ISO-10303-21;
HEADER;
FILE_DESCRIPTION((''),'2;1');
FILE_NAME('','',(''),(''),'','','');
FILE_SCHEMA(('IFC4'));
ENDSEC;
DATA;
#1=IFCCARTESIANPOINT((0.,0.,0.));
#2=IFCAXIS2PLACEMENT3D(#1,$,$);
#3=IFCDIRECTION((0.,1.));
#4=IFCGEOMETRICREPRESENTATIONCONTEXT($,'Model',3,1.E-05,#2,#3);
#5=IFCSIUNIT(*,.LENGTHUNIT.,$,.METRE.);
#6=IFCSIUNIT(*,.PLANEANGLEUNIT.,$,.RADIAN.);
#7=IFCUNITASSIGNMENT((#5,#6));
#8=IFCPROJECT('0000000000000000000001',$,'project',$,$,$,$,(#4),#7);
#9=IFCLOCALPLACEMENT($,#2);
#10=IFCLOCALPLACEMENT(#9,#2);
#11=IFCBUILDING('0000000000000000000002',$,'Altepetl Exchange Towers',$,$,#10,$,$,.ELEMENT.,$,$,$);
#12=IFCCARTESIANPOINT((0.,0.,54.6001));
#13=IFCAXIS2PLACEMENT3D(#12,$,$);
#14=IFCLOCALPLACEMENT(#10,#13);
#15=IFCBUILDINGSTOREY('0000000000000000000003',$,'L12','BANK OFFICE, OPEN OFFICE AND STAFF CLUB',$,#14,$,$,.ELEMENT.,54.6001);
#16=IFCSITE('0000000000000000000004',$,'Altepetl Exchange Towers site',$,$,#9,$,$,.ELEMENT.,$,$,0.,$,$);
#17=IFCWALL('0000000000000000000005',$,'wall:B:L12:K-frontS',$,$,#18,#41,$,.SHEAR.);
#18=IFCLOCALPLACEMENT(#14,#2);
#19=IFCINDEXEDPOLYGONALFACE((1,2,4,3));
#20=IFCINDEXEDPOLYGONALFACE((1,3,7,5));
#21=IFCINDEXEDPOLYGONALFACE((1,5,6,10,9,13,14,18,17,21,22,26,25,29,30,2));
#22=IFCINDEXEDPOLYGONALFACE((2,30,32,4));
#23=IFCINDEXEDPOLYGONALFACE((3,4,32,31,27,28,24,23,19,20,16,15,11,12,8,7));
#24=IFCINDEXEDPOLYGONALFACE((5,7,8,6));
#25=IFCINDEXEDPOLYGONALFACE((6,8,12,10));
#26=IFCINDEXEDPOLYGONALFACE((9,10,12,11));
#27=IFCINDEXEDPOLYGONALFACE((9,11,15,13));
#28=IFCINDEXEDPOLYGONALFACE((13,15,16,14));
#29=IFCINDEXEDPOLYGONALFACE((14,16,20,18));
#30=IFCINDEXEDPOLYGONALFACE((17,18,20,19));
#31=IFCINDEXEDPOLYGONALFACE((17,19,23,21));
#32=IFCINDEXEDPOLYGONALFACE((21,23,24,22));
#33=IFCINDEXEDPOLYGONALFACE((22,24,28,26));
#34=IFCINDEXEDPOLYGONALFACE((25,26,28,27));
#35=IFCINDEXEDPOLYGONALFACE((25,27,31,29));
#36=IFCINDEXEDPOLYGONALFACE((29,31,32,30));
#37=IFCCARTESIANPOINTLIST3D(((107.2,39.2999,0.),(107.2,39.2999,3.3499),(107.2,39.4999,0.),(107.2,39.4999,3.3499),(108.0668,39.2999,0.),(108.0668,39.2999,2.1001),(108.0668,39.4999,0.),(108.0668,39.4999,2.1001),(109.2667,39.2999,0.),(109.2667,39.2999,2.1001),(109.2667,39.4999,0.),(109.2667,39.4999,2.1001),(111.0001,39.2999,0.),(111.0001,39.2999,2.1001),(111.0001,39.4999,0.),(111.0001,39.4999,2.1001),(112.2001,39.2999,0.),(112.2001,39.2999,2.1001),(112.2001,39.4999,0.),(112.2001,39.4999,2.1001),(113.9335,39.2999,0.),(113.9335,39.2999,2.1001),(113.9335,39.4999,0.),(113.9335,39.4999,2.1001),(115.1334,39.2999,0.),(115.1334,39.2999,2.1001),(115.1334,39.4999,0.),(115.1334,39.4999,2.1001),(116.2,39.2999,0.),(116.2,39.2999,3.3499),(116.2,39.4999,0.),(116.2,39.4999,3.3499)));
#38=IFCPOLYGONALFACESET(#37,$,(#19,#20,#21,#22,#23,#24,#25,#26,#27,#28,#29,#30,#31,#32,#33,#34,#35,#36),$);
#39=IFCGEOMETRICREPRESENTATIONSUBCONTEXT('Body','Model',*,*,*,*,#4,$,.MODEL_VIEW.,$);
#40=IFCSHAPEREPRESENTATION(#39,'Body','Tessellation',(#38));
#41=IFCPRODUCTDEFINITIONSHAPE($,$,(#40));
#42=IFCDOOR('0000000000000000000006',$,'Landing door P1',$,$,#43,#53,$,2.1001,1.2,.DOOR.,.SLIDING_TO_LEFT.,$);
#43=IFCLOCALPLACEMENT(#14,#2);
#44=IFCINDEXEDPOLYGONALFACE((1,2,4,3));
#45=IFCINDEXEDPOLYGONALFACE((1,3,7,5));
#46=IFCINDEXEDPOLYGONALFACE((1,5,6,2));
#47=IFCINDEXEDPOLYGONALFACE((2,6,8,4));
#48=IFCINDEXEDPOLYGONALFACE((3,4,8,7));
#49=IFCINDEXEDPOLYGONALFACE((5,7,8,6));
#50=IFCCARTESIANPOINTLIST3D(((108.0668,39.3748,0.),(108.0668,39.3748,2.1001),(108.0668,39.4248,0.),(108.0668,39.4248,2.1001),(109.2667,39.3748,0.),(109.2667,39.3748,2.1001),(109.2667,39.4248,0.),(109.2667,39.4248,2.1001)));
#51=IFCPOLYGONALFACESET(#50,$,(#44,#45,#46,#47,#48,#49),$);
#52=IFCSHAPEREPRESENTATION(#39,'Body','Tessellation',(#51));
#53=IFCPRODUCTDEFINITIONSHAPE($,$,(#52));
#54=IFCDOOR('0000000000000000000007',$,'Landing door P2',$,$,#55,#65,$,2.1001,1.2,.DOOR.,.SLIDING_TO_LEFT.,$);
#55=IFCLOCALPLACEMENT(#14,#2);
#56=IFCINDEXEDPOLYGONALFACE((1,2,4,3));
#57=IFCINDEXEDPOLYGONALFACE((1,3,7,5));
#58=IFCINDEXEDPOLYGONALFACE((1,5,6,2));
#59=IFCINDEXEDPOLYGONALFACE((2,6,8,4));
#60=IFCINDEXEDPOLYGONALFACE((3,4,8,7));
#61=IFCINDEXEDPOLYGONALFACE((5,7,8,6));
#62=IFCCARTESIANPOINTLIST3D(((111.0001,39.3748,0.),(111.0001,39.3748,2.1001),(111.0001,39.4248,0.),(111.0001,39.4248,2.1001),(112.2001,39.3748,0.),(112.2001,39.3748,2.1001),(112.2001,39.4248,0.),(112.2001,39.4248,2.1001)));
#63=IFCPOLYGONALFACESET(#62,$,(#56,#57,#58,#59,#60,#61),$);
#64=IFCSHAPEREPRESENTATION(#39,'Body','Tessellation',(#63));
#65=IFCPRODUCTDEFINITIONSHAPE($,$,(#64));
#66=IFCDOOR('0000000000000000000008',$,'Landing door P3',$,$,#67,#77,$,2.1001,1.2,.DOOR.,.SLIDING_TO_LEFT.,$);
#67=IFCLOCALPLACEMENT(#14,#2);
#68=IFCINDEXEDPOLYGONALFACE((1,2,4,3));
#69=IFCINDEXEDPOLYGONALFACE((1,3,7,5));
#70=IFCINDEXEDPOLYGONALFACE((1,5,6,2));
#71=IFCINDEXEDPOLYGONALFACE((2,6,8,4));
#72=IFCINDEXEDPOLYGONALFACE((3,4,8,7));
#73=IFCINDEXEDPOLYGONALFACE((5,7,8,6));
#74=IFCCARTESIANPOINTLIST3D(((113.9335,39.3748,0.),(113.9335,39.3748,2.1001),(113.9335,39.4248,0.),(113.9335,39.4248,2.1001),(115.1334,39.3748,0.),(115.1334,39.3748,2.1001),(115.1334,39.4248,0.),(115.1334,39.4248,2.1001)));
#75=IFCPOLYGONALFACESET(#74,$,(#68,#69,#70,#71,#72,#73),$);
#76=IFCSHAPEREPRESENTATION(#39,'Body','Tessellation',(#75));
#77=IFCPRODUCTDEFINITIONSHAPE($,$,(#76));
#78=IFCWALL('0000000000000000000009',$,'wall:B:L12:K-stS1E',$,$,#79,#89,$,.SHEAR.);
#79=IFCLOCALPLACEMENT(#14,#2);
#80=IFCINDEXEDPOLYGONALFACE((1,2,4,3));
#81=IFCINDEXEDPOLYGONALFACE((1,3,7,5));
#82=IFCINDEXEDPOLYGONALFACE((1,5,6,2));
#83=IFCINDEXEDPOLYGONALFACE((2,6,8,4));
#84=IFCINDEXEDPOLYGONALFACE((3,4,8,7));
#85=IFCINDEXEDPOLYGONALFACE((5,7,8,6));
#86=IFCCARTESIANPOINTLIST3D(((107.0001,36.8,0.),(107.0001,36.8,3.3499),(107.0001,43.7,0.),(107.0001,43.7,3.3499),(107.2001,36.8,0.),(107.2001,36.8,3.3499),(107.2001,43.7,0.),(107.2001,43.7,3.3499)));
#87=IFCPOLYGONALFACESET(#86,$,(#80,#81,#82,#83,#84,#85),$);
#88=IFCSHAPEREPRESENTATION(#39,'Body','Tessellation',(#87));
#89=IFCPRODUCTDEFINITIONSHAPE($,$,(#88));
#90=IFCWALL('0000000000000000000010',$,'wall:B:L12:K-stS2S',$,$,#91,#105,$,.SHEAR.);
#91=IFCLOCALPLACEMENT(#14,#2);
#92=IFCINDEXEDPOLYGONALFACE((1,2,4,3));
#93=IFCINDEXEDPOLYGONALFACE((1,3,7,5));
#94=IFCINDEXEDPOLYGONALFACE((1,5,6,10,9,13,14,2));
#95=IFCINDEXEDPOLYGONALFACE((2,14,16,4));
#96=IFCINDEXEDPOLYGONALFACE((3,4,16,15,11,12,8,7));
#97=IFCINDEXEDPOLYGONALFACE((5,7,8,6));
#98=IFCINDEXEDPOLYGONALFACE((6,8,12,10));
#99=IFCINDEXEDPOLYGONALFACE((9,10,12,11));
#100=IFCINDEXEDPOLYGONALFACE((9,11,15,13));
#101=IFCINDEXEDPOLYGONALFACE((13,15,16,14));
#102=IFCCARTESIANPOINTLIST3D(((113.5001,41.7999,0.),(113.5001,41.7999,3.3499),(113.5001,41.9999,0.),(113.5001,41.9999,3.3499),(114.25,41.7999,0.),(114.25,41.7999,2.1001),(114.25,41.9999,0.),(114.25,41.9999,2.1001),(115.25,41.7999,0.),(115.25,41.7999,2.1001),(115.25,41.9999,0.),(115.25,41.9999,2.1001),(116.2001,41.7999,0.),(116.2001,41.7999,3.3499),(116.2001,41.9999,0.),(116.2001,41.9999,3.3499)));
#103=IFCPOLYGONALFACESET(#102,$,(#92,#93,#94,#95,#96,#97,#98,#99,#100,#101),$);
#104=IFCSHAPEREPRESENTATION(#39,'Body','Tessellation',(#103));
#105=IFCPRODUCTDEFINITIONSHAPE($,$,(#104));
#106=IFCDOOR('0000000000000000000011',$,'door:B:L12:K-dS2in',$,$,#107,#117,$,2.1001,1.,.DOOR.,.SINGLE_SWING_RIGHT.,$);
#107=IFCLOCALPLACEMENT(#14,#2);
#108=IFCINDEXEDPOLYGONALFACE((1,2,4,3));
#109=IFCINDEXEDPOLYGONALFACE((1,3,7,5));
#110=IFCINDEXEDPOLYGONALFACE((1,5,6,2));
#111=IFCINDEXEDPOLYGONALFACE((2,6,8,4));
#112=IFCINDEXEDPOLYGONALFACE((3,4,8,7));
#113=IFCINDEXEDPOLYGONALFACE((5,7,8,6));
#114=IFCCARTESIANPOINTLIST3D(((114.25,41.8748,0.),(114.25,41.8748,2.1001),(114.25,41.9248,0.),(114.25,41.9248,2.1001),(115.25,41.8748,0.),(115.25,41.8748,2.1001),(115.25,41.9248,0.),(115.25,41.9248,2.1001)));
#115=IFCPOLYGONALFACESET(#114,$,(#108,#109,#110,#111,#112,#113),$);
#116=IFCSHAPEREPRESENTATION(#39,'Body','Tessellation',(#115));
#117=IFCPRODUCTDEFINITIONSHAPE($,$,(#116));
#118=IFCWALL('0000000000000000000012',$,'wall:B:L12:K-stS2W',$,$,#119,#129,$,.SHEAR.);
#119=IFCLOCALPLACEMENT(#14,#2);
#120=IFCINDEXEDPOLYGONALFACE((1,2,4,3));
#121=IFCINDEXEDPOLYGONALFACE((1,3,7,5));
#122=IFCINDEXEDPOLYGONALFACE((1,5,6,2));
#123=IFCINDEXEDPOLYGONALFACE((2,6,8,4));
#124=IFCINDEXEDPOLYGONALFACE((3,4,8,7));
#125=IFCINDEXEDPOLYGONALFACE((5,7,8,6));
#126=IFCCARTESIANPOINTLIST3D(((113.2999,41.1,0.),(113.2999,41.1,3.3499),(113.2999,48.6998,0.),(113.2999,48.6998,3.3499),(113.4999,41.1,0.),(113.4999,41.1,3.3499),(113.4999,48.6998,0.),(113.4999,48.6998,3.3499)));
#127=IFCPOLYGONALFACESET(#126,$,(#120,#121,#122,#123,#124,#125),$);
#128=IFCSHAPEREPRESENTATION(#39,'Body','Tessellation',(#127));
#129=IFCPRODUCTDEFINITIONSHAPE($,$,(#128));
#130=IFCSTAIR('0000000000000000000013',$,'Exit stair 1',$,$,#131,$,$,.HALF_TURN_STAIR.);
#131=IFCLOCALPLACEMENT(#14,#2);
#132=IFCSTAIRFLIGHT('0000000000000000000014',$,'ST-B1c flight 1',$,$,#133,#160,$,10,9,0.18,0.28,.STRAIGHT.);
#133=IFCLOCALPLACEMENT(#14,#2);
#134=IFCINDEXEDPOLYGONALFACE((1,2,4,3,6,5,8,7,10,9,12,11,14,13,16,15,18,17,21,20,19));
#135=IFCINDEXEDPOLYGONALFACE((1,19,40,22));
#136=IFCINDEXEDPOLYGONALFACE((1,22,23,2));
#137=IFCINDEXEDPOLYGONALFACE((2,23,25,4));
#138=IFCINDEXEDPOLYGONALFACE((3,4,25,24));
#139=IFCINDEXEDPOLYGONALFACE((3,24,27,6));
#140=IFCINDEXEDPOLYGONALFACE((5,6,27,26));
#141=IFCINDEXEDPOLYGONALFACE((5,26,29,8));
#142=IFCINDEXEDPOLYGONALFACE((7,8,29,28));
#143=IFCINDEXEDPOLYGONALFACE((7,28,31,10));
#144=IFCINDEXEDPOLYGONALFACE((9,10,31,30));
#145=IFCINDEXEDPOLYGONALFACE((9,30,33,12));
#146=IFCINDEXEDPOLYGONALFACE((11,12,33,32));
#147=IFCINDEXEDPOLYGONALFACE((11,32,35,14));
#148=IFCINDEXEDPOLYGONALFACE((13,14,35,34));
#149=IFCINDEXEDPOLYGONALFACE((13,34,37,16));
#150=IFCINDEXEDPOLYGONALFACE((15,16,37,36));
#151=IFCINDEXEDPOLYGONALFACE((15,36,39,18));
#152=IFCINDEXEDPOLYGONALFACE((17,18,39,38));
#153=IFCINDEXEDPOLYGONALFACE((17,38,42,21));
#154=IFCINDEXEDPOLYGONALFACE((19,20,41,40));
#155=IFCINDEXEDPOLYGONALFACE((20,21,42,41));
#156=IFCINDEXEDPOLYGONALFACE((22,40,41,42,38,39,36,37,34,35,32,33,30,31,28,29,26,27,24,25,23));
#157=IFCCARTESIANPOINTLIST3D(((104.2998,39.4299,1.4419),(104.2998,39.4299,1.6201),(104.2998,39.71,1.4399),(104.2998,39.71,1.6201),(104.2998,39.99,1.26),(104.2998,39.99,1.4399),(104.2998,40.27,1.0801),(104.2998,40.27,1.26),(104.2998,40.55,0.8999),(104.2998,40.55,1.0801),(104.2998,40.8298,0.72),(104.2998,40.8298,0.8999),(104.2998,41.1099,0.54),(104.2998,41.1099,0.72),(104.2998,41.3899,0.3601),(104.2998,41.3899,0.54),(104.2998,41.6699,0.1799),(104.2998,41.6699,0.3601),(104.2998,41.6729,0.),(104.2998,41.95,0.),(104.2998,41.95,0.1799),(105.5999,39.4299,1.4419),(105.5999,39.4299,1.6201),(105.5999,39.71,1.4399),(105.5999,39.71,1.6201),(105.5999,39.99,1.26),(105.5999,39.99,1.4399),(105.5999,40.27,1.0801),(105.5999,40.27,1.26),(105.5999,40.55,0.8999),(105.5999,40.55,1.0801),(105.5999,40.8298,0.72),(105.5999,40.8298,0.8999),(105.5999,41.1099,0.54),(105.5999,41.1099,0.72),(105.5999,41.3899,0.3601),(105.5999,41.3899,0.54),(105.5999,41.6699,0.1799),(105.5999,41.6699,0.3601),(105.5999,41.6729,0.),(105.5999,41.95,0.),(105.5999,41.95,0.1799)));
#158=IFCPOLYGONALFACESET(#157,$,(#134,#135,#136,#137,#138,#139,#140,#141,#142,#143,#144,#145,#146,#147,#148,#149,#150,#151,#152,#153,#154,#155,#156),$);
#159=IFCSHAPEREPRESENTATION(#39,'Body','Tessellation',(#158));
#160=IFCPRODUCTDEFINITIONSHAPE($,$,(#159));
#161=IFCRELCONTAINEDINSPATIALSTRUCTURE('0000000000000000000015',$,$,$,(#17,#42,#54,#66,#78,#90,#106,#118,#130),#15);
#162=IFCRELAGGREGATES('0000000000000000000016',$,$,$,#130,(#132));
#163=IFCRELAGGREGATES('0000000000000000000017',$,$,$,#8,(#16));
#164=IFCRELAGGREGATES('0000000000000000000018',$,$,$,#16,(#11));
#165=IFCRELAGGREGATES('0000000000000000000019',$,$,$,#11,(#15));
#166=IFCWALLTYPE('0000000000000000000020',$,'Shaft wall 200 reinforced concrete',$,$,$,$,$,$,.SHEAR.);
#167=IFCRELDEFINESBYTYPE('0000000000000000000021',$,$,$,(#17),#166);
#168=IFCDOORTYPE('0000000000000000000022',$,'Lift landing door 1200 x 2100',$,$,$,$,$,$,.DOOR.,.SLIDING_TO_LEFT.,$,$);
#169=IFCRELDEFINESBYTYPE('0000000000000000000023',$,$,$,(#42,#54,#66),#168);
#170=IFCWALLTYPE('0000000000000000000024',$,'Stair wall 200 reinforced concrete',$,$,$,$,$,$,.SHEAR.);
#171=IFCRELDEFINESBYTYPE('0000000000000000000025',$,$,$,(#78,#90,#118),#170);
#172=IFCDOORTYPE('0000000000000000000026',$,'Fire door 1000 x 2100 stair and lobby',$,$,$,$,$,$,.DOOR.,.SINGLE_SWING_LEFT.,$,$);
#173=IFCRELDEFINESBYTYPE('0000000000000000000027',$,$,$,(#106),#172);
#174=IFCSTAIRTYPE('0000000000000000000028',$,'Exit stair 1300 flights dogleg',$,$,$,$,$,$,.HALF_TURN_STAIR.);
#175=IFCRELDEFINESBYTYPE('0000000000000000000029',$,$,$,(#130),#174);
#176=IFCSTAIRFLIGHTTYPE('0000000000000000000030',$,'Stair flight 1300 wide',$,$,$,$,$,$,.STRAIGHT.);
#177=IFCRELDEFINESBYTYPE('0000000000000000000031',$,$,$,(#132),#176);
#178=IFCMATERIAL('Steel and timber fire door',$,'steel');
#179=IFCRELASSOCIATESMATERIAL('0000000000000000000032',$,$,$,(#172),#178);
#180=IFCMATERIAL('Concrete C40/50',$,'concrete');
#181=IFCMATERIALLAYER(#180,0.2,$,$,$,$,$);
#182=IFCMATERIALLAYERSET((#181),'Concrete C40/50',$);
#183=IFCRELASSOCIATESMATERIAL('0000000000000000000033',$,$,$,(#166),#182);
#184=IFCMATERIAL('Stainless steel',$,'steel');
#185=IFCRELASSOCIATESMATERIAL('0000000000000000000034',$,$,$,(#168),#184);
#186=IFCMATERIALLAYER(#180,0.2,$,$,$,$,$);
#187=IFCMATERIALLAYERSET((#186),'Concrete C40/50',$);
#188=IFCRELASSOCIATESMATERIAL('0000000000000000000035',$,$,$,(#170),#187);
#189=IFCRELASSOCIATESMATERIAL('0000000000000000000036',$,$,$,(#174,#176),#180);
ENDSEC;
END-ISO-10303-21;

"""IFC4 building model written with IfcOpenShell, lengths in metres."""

from ifc_helpers import new_model, si_unit, direction, frame, frame_2d, origin, place, context, subcontext, project, spatial, polyline, rectangle, outline, extrude, material, layer, layer_set, type_object, element, fill, aggregate, save


model = new_model("IFC4")

# Units and contexts
model_context = context("Model", 3, precision=1e-05, world=origin(), true_north=direction((0.0, 1.0)))
body_context = subcontext(model_context, "Body", "Model", "MODEL_VIEW")
ifc_project = project(units=[si_unit("LENGTHUNIT", "METRE"), si_unit("PLANEANGLEUNIT", "RADIAN")], contexts=[model_context])

# Site, building, storey
site_placement = place(None, origin())
site = spatial("IfcSite", under=ifc_project, at=site_placement, Name="Altepetl Exchange Towers site", CompositionType="ELEMENT", RefElevation=0.0)
building_placement = place(site_placement, origin())
building = spatial("IfcBuilding", under=site, at=building_placement, Name="Altepetl Exchange Towers", CompositionType="ELEMENT")
storey_placement = place(building_placement, frame((0.0, 0.0, 54.6001)))
storey = spatial("IfcBuildingStorey", under=building, at=storey_placement, Name="L12", Description="BANK OFFICE, OPEN OFFICE AND STAFF CLUB", CompositionType="ELEMENT", Elevation=54.6001)

# Shared definitions
ifc_material_1 = material(Name="Steel and timber fire door", Category="steel")
door_type_1 = type_object("IfcDoorType", Name="Fire door 1000 x 2100 stair and lobby", OperationType="SINGLE_SWING_LEFT", PredefinedType="DOOR", material=ifc_material_1)

# Shared definitions
ifc_material_2 = material(Name="Concrete C40/50", Category="concrete")
ifc_layer_1 = layer(ifc_material_2, 0.2)
ifc_layer_set_1 = layer_set([ifc_layer_1], Name="Concrete C40/50")
wall_type_1 = type_object("IfcWallType", Name="Shaft wall 200 reinforced concrete", PredefinedType="SHEAR", material=ifc_layer_set_1)

# Wall, openings, doors
wall_1_placement = place(storey_placement, frame((107.2, 39.3999, 0.0)))
wall_1 = element("IfcWall", 1, at=wall_1_placement, inside=storey, type_object=wall_type_1, Name="wall:B:L12:K-frontS", PredefinedType="SHEAR", context=body_context, shape_type="SweptSolid", body=[
    extrude(rectangle(XDim=9.0, YDim=0.2, at=frame_2d((4.5, 0.0))), origin(), (0.0, 0.0, 1.0), 3.3499),
])
opening_1_placement = place(wall_1_placement, frame((0.8667, 0.0, 0.0)))
opening_1 = element("IfcOpeningElement", 2, at=opening_1_placement, cuts=wall_1, PredefinedType="OPENING", context=body_context, shape_type="SweptSolid", body=[
    extrude(rectangle(XDim=1.2, YDim=2.1001, at=frame_2d((0.6001, 1.05))), frame((0.0, 0.1099, 0.0), z_axis=(0.0, -1.0, 0.0), x_axis=(1.0, 0.0, 0.0)), (0.0, 0.0, 1.0), 0.22),
])
opening_2_placement = place(wall_1_placement, frame((3.8, 0.0, 0.0)))
opening_2 = element("IfcOpeningElement", 3, at=opening_2_placement, cuts=wall_1, PredefinedType="OPENING", context=body_context, shape_type="SweptSolid", body=[
    extrude(rectangle(XDim=1.2, YDim=2.1001, at=frame_2d((0.6001, 1.05))), frame((0.0, 0.1099, 0.0), z_axis=(0.0, -1.0, 0.0), x_axis=(1.0, 0.0, 0.0)), (0.0, 0.0, 1.0), 0.22),
])
opening_3_placement = place(wall_1_placement, frame((6.7334, 0.0, 0.0)))
opening_3 = element("IfcOpeningElement", 4, at=opening_3_placement, cuts=wall_1, PredefinedType="OPENING", context=body_context, shape_type="SweptSolid", body=[
    extrude(rectangle(XDim=1.2, YDim=2.1001, at=frame_2d((0.6001, 1.05))), frame((0.0, 0.1099, 0.0), z_axis=(0.0, -1.0, 0.0), x_axis=(1.0, 0.0, 0.0)), (0.0, 0.0, 1.0), 0.22),
])
ifc_material_3 = material(Name="Stainless steel", Category="steel")
door_type_2 = type_object("IfcDoorType", Name="Lift landing door 1200 x 2100", OperationType="SLIDING_TO_LEFT", PredefinedType="DOOR", material=ifc_material_3)
door_1_placement = place(opening_1_placement, origin())
door_1 = element("IfcDoor", 5, at=door_1_placement, inside=storey, type_object=door_type_2, Name="Landing door P1", OperationType="SLIDING_TO_LEFT", OverallHeight=2.1001, OverallWidth=1.2, PredefinedType="DOOR", context=body_context, shape_type="SweptSolid", body=[
    extrude(rectangle(XDim=1.2, YDim=2.1001, at=frame_2d((0.6001, 1.05))), frame((0.0, 0.0249, 0.0), z_axis=(0.0, -1.0, 0.0), x_axis=(1.0, 0.0, 0.0)), (0.0, 0.0, 1.0), 0.05),
])
fill(opening_1, door_1)
door_2_placement = place(opening_2_placement, origin())
door_2 = element("IfcDoor", 6, at=door_2_placement, inside=storey, type_object=door_type_2, Name="Landing door P2", OperationType="SLIDING_TO_LEFT", OverallHeight=2.1001, OverallWidth=1.2, PredefinedType="DOOR", context=body_context, shape_type="SweptSolid", body=[
    extrude(rectangle(XDim=1.2, YDim=2.1001, at=frame_2d((0.6001, 1.05))), frame((0.0, 0.0249, 0.0), z_axis=(0.0, -1.0, 0.0), x_axis=(1.0, 0.0, 0.0)), (0.0, 0.0, 1.0), 0.05),
])
fill(opening_2, door_2)
door_3_placement = place(opening_3_placement, origin())
door_3 = element("IfcDoor", 7, at=door_3_placement, inside=storey, type_object=door_type_2, Name="Landing door P3", OperationType="SLIDING_TO_LEFT", OverallHeight=2.1001, OverallWidth=1.2, PredefinedType="DOOR", context=body_context, shape_type="SweptSolid", body=[
    extrude(rectangle(XDim=1.2, YDim=2.1001, at=frame_2d((0.6001, 1.05))), frame((0.0, 0.0249, 0.0), z_axis=(0.0, -1.0, 0.0), x_axis=(1.0, 0.0, 0.0)), (0.0, 0.0, 1.0), 0.05),
])
fill(opening_3, door_3)

# Wall
ifc_layer_2 = layer(ifc_material_2, 0.2)
ifc_layer_set_2 = layer_set([ifc_layer_2], Name="Concrete C40/50")
wall_type_2 = type_object("IfcWallType", Name="Stair wall 200 reinforced concrete", PredefinedType="SHEAR", material=ifc_layer_set_2)
wall_2_placement = place(storey_placement, frame((107.1001, 36.8, 0.0), z_axis=(0.0, 0.0, 1.0), x_axis=(0.0, 1.0, 0.0)))
element("IfcWall", 8, at=wall_2_placement, inside=storey, type_object=wall_type_2, Name="wall:B:L12:K-stS1E", PredefinedType="SHEAR", context=body_context, shape_type="SweptSolid", body=[
    extrude(rectangle(XDim=6.8999, YDim=0.2, at=frame_2d((3.45, 0.0))), origin(), (0.0, 0.0, 1.0), 3.3499),
])

# Wall, opening, door
wall_3_placement = place(storey_placement, frame((113.5, 41.8999, 0.0)))
wall_3 = element("IfcWall", 9, at=wall_3_placement, inside=storey, type_object=wall_type_2, Name="wall:B:L12:K-stS2S", PredefinedType="SHEAR", context=body_context, shape_type="SweptSolid", body=[
    extrude(rectangle(XDim=2.7, YDim=0.2, at=frame_2d((1.3501, 0.0))), origin(), (0.0, 0.0, 1.0), 3.3499),
])
opening_4_placement = place(wall_3_placement, frame((0.75, 0.0, 0.0)))
opening_4 = element("IfcOpeningElement", 10, at=opening_4_placement, cuts=wall_3, PredefinedType="OPENING", context=body_context, shape_type="SweptSolid", body=[
    extrude(rectangle(XDim=1.0, YDim=2.1001, at=frame_2d((0.5, 1.05))), frame((0.0, 0.1099, 0.0), z_axis=(0.0, -1.0, 0.0), x_axis=(1.0, 0.0, 0.0)), (0.0, 0.0, 1.0), 0.22),
])
door_4_placement = place(opening_4_placement, origin())
door_4 = element("IfcDoor", 11, at=door_4_placement, inside=storey, type_object=door_type_1, Name="door:B:L12:K-dS2in", OperationType="SINGLE_SWING_RIGHT", OverallHeight=2.1001, OverallWidth=1.0, PredefinedType="DOOR", context=body_context, shape_type="SweptSolid", body=[
    extrude(rectangle(XDim=1.0, YDim=2.1001, at=frame_2d((0.5, 1.05))), frame((0.0, 0.0249, 0.0), z_axis=(0.0, -1.0, 0.0), x_axis=(1.0, 0.0, 0.0)), (0.0, 0.0, 1.0), 0.05),
])
fill(opening_4, door_4)

# Wall
wall_4_placement = place(storey_placement, frame((113.3999, 41.1001, 0.0), z_axis=(0.0, 0.0, 1.0), x_axis=(0.0, 1.0, 0.0)))
element("IfcWall", 12, at=wall_4_placement, inside=storey, type_object=wall_type_2, Name="wall:B:L12:K-stS2W", PredefinedType="SHEAR", context=body_context, shape_type="SweptSolid", body=[
    extrude(rectangle(XDim=7.5999, YDim=0.2, at=frame_2d((3.7998, 0.0))), origin(), (0.0, 0.0, 1.0), 3.3499),
])

# Stair, stair flight
stair_type = type_object("IfcStairType", Name="Exit stair 1300 flights dogleg", PredefinedType="HALF_TURN_STAIR", material=ifc_material_2)
stair_placement = place(storey_placement, origin())
stair = element("IfcStair", 13, at=stair_placement, inside=storey, type_object=stair_type, Name="Exit stair 1", PredefinedType="HALF_TURN_STAIR")
stair_flight_type = type_object("IfcStairFlightType", Name="Stair flight 1300 wide", PredefinedType="STRAIGHT", material=ifc_material_2)
stair_flight_1_placement = place(storey_placement, frame((104.95, 41.95, 0.0), z_axis=(0.0, 0.0, 1.0), x_axis=(0.0, -1.0, 0.0)))
stair_flight_1 = element("IfcStairFlight", 14, at=stair_flight_1_placement, type_object=stair_flight_type, Name="ST-B1c flight 1", NumberOfRisers=10, NumberOfTreads=9, PredefinedType="STRAIGHT", RiserHeight=0.18, TreadLength=0.28, context=body_context, shape_type="SweptSolid", body=[
    extrude(outline(polyline([(0.0, 0.0), (0.0, 0.1799), (0.28, 0.1799), (0.28, 0.3601), (0.5601, 0.3601), (0.5601, 0.54), (0.8401, 0.54), (0.8401, 0.72), (1.1201, 0.72), (1.1201, 0.8999), (1.3999, 0.8999), (1.3999, 1.0801), (1.6799, 1.0801), (1.6799, 1.26), (1.96, 1.26), (1.96, 1.4399), (2.24, 1.4399), (2.24, 1.6201), (2.52, 1.6201), (2.52, 1.8), (2.52, 1.4419), (0.2771, 0.0), (0.0, 0.0)])), frame((0.0, 0.6499, 0.0), z_axis=(0.0, -1.0, 0.0), x_axis=(1.0, 0.0, 0.0)), (0.0, 0.0, 1.0), 1.3),
])
aggregate(stair, [stair_flight_1])

save(model, "model.ifc")
